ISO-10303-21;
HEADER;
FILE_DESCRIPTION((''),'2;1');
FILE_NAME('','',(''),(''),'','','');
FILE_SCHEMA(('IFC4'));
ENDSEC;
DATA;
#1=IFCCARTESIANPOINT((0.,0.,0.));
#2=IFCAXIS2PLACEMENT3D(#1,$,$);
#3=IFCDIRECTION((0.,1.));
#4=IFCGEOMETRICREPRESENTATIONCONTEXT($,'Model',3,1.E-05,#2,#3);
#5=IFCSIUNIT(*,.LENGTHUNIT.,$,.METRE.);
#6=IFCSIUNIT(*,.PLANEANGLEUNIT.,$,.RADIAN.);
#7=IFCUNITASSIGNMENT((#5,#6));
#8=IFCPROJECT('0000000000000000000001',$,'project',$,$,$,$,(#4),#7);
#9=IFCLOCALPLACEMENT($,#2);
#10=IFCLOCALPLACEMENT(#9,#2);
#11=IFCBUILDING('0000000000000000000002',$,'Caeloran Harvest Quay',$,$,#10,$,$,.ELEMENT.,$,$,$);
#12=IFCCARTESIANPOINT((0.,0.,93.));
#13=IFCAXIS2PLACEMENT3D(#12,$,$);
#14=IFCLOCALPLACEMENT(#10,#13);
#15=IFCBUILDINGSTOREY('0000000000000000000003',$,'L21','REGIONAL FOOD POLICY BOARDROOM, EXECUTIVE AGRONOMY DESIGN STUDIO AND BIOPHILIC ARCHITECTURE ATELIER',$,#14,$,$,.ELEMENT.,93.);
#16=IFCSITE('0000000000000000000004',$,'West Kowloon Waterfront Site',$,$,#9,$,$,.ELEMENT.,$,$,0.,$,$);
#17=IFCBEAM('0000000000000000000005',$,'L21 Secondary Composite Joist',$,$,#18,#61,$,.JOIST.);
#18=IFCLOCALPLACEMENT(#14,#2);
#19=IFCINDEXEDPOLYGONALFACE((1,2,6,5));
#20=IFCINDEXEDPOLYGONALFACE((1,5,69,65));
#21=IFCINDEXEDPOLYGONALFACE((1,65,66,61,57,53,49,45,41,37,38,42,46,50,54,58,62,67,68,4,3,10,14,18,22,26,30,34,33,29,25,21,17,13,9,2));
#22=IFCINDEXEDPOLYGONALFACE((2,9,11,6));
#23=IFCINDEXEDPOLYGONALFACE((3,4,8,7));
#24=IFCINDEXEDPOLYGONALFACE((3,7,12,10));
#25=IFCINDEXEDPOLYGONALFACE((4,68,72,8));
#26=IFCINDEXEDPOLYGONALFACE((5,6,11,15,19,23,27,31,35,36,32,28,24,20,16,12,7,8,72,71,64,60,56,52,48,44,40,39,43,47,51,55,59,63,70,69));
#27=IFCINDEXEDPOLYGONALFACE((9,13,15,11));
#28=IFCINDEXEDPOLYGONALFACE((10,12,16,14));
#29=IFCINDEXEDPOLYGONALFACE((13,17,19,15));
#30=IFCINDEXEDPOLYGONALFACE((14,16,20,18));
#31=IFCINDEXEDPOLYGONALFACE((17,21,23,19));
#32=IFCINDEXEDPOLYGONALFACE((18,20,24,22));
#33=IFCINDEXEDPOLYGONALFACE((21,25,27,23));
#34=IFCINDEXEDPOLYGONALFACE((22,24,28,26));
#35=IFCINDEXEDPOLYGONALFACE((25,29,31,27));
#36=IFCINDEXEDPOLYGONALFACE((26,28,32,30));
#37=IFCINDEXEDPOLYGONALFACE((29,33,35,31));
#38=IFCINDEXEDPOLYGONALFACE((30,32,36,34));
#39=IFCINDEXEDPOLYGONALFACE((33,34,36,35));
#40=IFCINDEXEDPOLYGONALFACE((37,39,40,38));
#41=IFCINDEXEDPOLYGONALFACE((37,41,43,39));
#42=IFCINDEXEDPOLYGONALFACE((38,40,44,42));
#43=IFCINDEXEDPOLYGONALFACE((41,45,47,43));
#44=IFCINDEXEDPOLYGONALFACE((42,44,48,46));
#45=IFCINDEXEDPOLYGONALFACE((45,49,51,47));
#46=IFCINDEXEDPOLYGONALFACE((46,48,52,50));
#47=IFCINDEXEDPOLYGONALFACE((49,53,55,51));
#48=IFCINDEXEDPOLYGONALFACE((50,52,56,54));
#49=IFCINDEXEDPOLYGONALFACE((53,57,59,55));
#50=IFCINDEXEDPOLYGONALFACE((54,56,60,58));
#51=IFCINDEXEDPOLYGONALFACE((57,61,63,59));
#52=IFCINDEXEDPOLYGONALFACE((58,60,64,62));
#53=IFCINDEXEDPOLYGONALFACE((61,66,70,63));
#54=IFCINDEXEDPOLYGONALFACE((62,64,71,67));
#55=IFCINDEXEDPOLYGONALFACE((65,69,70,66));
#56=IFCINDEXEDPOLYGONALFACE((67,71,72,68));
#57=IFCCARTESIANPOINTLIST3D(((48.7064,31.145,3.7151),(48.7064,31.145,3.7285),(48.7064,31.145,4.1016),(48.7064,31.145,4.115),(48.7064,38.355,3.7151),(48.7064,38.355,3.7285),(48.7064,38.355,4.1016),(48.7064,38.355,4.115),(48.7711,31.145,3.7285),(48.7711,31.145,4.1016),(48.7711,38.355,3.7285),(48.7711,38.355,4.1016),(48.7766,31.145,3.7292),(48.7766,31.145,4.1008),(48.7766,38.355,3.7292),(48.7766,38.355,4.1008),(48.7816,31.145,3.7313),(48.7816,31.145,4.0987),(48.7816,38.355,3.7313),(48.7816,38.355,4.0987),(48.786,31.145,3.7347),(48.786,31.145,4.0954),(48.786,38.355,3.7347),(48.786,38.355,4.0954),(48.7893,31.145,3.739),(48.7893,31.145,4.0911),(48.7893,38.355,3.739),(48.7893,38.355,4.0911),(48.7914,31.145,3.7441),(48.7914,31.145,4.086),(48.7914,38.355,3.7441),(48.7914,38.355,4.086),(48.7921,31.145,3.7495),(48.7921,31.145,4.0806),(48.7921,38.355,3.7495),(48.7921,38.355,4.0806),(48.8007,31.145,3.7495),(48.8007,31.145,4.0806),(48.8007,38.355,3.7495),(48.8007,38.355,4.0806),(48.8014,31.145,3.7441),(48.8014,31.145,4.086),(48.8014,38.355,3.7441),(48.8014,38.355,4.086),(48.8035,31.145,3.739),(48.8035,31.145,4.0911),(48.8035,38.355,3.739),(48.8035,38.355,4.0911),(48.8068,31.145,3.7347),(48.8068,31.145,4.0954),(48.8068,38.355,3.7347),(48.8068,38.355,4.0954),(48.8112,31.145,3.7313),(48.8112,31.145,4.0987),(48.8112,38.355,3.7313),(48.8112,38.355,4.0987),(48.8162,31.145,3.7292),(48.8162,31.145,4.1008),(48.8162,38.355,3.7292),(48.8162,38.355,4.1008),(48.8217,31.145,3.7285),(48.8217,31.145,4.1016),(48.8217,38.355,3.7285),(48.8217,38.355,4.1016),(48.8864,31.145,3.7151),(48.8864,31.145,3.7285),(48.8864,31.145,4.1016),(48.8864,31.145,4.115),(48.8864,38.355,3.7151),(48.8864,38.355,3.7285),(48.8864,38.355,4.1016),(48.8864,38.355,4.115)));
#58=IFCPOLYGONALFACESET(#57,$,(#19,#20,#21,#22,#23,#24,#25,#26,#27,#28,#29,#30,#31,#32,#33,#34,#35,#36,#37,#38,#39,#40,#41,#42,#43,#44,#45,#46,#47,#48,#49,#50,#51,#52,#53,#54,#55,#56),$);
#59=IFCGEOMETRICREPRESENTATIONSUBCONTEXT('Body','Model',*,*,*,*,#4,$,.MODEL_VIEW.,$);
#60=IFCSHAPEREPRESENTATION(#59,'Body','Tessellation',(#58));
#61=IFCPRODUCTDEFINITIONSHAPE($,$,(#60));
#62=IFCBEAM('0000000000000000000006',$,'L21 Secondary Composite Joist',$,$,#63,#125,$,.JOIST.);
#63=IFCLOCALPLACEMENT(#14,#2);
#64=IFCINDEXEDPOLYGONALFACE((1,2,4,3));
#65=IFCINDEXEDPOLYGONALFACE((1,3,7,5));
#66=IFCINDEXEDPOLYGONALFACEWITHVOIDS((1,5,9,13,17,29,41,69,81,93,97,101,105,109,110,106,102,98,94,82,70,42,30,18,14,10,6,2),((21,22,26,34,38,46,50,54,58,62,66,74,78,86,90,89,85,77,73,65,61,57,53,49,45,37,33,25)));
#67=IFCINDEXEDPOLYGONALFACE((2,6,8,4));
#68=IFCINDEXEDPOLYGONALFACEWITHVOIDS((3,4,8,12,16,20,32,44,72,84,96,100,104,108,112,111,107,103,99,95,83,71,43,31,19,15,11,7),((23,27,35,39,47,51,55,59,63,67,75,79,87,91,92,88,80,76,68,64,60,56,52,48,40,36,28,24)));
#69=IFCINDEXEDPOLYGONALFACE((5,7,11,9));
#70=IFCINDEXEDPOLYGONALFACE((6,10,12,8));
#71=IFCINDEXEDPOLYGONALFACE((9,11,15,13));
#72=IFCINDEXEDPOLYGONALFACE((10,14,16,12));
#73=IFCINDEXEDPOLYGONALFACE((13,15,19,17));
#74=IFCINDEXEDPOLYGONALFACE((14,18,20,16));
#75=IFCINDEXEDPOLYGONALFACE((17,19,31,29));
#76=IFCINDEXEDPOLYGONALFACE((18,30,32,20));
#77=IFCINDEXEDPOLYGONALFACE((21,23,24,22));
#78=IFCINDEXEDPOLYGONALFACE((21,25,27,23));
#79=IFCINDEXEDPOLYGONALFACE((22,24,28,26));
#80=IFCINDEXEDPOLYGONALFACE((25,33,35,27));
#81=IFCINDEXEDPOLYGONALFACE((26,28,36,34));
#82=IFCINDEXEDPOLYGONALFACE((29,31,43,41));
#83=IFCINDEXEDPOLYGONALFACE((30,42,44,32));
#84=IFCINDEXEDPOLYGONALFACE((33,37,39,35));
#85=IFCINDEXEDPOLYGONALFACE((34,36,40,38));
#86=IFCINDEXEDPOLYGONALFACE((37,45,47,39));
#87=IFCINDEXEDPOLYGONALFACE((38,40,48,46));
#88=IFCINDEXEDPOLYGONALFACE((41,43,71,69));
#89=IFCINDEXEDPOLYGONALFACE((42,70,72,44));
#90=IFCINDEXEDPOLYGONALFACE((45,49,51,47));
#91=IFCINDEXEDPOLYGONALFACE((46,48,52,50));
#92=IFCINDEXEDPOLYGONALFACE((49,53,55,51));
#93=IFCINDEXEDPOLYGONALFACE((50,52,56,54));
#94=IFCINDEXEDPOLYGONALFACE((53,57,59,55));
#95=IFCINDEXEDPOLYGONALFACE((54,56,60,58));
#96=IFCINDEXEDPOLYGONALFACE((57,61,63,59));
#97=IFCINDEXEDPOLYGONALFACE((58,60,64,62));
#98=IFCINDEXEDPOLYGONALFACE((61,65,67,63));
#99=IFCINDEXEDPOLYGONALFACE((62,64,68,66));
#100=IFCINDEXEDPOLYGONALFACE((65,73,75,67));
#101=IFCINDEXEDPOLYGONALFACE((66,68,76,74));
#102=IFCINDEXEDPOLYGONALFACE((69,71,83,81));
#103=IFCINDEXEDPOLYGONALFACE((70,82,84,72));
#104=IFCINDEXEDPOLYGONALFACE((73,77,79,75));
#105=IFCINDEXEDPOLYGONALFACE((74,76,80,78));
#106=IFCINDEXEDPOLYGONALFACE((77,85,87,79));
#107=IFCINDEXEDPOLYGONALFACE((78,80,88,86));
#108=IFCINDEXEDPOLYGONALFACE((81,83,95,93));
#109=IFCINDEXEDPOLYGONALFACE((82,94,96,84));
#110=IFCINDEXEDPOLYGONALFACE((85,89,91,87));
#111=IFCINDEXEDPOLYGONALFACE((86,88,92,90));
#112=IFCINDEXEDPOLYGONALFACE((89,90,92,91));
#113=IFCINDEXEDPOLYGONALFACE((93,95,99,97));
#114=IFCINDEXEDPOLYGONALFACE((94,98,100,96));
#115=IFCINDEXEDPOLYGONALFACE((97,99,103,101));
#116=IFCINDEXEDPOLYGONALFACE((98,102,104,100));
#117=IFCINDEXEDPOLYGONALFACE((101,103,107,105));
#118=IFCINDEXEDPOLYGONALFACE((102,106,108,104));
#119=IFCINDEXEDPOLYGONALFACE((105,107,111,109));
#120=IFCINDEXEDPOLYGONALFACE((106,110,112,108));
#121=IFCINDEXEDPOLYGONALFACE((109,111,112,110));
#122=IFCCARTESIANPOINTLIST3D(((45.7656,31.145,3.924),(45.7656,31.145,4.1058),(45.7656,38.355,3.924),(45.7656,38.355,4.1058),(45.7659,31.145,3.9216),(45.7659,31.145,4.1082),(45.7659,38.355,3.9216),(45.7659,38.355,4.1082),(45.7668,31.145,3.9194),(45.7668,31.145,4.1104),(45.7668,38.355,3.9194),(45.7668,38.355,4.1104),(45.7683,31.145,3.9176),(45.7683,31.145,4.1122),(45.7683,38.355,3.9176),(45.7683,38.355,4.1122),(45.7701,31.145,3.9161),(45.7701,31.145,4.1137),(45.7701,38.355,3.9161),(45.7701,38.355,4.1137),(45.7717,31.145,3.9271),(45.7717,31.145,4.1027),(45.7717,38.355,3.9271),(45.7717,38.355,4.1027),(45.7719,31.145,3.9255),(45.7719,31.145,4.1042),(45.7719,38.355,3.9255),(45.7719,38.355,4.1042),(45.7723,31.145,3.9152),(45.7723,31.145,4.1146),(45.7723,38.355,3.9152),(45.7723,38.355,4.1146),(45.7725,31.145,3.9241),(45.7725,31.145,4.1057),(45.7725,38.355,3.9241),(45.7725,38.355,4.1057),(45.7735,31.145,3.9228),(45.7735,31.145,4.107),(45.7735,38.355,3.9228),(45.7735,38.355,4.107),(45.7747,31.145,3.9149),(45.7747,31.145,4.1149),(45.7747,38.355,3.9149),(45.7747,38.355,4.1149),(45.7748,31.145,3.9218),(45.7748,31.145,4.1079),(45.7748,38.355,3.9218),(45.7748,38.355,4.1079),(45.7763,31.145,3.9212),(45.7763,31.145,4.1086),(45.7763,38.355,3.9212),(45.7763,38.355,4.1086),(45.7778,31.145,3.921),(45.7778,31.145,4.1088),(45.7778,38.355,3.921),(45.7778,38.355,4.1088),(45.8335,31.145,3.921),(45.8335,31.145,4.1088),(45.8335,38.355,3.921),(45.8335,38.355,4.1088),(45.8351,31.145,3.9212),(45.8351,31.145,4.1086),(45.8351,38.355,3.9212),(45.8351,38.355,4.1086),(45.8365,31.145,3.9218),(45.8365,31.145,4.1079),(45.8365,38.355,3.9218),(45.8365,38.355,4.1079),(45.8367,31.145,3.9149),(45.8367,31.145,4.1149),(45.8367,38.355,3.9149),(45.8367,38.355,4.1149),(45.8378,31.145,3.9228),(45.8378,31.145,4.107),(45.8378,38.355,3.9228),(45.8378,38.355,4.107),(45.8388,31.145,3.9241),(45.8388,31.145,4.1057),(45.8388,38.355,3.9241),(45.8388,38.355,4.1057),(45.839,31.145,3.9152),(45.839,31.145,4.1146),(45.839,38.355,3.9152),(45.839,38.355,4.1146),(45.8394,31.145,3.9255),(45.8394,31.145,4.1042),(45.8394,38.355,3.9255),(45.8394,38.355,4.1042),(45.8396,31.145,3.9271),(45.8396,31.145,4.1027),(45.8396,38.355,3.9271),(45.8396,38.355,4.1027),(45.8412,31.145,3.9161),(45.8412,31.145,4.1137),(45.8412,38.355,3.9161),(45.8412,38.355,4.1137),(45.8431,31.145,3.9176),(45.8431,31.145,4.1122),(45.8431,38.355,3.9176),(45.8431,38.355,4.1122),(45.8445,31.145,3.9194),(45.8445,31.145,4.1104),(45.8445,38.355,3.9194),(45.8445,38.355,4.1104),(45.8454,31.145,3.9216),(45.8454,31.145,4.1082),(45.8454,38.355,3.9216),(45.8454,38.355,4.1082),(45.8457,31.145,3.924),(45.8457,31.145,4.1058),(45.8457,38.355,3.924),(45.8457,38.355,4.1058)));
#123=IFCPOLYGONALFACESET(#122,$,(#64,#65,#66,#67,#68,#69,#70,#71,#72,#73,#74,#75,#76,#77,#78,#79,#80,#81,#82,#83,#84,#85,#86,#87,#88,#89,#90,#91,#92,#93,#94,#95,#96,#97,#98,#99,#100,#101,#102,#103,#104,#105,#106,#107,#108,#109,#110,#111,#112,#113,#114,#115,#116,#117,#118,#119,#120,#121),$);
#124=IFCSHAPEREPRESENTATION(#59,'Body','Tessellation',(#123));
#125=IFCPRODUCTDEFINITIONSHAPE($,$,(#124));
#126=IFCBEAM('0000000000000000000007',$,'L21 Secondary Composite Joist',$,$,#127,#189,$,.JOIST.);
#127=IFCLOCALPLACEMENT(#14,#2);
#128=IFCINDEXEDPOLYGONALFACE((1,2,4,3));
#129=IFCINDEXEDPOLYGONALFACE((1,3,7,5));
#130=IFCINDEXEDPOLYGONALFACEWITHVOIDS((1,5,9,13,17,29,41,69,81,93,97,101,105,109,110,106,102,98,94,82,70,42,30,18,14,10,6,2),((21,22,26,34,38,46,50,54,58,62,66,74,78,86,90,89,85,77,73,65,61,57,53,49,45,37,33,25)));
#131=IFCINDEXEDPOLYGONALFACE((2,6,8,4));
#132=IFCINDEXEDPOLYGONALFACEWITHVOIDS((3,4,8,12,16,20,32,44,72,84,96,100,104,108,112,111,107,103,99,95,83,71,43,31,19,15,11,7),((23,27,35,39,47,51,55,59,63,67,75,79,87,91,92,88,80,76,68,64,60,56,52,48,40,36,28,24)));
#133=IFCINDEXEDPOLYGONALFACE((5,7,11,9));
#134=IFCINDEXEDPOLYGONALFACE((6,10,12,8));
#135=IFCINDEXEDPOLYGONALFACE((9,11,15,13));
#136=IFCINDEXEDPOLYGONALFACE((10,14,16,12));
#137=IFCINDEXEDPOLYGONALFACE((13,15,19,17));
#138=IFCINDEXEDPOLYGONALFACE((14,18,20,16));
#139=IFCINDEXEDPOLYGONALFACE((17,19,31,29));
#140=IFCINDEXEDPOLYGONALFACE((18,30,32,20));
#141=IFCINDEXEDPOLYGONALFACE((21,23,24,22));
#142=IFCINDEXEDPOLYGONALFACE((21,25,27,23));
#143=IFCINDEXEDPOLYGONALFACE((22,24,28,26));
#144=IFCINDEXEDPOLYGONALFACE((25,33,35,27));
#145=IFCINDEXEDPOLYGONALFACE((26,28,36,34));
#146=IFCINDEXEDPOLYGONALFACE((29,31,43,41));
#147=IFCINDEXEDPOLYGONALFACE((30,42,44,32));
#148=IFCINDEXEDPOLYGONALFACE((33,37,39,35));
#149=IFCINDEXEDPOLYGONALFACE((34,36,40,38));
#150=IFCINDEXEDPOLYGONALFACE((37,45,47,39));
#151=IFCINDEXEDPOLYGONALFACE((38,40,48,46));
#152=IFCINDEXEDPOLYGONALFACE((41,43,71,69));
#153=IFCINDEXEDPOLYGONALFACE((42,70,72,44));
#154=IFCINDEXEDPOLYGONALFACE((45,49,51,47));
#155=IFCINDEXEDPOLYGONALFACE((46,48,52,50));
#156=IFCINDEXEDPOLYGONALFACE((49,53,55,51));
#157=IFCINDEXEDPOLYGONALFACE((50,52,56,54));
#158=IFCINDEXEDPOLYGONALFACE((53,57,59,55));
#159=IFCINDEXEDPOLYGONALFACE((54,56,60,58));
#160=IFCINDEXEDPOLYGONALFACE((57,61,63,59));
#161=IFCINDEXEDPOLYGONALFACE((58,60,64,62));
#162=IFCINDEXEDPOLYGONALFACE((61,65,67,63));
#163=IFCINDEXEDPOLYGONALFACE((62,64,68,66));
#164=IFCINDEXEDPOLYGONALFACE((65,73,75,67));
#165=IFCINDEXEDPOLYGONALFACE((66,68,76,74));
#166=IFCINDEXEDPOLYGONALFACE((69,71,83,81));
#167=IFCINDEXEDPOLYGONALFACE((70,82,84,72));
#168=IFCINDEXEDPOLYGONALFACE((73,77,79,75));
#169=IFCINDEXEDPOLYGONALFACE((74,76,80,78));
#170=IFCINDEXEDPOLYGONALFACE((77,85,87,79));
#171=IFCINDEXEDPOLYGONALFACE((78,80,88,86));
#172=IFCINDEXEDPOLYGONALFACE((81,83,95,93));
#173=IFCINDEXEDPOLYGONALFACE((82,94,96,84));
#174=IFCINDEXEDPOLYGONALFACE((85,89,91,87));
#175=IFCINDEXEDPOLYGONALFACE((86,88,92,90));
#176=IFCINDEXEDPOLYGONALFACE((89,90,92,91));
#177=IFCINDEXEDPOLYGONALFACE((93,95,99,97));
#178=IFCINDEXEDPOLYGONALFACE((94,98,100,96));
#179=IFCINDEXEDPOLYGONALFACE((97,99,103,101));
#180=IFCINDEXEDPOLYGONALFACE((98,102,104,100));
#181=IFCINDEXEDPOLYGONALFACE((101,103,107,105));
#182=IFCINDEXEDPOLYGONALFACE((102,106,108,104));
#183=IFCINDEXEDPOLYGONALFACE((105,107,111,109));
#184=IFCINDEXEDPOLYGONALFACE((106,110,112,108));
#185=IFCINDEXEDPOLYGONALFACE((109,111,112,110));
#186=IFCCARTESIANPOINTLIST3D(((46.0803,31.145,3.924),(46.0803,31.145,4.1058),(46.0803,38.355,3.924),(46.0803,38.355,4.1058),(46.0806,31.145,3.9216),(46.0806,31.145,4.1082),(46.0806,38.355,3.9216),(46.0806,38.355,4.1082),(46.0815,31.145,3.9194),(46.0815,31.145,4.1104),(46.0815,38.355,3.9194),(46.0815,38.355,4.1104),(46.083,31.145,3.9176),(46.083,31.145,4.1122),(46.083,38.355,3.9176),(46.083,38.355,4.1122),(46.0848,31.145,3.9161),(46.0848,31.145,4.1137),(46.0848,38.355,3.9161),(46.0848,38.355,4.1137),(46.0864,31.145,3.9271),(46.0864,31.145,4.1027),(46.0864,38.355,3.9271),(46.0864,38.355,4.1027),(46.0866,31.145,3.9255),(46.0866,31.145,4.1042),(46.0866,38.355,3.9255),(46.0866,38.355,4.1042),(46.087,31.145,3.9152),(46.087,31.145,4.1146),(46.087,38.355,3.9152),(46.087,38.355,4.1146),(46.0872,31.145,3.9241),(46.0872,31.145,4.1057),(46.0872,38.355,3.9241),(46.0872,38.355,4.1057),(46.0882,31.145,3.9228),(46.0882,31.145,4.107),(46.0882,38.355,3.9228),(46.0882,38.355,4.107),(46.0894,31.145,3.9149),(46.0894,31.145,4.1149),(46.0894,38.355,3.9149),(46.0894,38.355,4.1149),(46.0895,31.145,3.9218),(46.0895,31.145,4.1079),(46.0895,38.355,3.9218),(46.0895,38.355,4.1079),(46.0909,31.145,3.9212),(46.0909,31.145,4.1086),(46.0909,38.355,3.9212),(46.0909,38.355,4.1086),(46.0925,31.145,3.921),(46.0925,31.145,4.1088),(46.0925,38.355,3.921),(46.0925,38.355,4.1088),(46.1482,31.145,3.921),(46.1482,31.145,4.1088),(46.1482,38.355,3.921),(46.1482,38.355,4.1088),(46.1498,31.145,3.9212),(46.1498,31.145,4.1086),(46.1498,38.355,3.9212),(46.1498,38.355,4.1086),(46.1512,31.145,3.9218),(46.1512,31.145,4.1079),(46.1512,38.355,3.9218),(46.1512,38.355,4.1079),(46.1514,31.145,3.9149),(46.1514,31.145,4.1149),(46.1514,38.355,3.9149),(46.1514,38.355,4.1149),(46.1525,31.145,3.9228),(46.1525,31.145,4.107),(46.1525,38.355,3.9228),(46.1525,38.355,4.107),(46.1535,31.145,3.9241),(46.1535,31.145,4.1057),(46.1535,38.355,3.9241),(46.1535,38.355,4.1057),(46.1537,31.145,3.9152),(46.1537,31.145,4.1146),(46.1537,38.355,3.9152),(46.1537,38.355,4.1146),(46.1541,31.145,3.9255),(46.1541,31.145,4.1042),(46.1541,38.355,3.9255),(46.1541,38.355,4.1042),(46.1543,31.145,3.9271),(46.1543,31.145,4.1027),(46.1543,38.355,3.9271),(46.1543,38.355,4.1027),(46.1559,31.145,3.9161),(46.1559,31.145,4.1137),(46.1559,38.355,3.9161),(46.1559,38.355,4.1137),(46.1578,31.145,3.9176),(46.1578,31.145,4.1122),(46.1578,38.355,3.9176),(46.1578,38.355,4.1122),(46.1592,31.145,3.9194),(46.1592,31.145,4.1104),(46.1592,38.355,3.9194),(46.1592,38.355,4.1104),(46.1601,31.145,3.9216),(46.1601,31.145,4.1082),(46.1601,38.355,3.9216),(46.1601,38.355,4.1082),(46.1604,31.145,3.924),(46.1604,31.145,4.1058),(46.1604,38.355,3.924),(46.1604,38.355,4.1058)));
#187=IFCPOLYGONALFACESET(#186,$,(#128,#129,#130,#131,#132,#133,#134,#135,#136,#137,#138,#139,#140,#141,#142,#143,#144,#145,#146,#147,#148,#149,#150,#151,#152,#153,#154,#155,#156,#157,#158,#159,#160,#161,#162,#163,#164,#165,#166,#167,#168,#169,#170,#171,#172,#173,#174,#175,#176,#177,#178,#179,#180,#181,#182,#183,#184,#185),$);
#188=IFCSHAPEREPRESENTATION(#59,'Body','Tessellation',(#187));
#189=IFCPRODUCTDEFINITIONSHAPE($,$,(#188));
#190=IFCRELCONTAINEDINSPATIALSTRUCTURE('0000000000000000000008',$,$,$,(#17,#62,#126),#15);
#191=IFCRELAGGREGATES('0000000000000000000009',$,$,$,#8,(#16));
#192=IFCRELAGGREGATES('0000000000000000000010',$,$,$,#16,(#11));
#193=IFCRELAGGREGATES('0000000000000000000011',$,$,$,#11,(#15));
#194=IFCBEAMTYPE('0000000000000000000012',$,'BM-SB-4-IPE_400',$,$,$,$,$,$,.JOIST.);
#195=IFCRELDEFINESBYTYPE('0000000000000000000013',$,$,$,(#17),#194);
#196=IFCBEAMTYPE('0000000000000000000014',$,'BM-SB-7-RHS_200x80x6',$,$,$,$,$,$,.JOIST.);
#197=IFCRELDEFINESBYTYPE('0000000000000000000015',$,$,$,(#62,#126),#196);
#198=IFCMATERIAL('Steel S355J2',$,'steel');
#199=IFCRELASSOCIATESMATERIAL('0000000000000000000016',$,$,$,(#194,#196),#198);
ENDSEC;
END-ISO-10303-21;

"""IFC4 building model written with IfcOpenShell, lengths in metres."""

from ifc_helpers import new_model, si_unit, direction, frame, origin, origin_2d, place, context, subcontext, project, spatial, hollow_rectangle, i_section, extrude, material, material_profile, profile_set, type_object, element, save


model = new_model("IFC4")

# Units and contexts
model_context = context("Model", 3, precision=1e-05, world=origin(), true_north=direction((0.0, 1.0)))
body_context = subcontext(model_context, "Body", "Model", "MODEL_VIEW")
ifc_project = project(units=[si_unit("LENGTHUNIT", "METRE"), si_unit("PLANEANGLEUNIT", "RADIAN")], contexts=[model_context])

# Site, building, storey
site_placement = place(None, origin())
site = spatial("IfcSite", under=ifc_project, at=site_placement, Name="West Kowloon Waterfront Site", CompositionType="ELEMENT", RefElevation=0.0)
building_placement = place(site_placement, origin())
building = spatial("IfcBuilding", under=site, at=building_placement, Name="Caeloran Harvest Quay", CompositionType="ELEMENT")
storey_placement = place(building_placement, frame((0.0, 0.0, 93.0)))
storey = spatial("IfcBuildingStorey", under=building, at=storey_placement, Name="L21", Description="REGIONAL FOOD POLICY BOARDROOM, EXECUTIVE AGRONOMY DESIGN STUDIO AND BIOPHILIC ARCHITECTURE ATELIER", CompositionType="ELEMENT", Elevation=93.0)

# Beams
ifc_material_1 = material(Name="Steel S355J2", Category="steel")
ifc_material_profile_1 = material_profile(ifc_material_1, i_section(OverallWidth=0.1799, OverallDepth=0.3999, WebThickness=0.0085, FlangeThickness=0.0134, FilletRadius=0.021, at=origin_2d()), Name="IPE 400")
ifc_profile_set_1 = profile_set([ifc_material_profile_1], Name="Steel S355J2")
beam_type_1 = type_object("IfcBeamType", Name="BM-SB-4-IPE_400", PredefinedType="JOIST", material=ifc_profile_set_1)
for number, where, z_axis, x_axis, name in (
    (1, (48.7964, 31.145, 3.915), (0.0, 1.0, 0.0), (-1.0, 0.0, 0.0), "L21 Secondary Composite Joist"),
):
    element("IfcBeam", number, at=place(storey_placement, frame(where, z_axis=z_axis, x_axis=x_axis)), inside=storey, type_object=beam_type_1, Name=name, PredefinedType="JOIST", context=body_context, shape_type="SweptSolid", body=[
        extrude(i_section(OverallWidth=0.1799, OverallDepth=0.3999, WebThickness=0.0085, FlangeThickness=0.0134, FilletRadius=0.021, at=origin_2d()), origin(), (0.0, 0.0, 1.0), 7.21),
    ])
ifc_material_profile_2 = material_profile(ifc_material_1, hollow_rectangle(XDim=0.0801, YDim=0.2, WallThickness=0.0061, InnerFilletRadius=0.0061, OuterFilletRadius=0.009, at=origin_2d()), Name="RHS 200x80x6")
ifc_profile_set_2 = profile_set([ifc_material_profile_2], Name="Steel S355J2")
beam_type_2 = type_object("IfcBeamType", Name="BM-SB-7-RHS_200x80x6", PredefinedType="JOIST", material=ifc_profile_set_2)
for number, where, z_axis, x_axis, name in (
    (2, (45.8057, 31.145, 4.0149), (0.0, 1.0, 0.0), (-1.0, 0.0, 0.0), "L21 Secondary Composite Joist"),
    (3, (46.1204, 31.145, 4.0149), (0.0, 1.0, 0.0), (-1.0, 0.0, 0.0), "L21 Secondary Composite Joist"),
):
    element("IfcBeam", number, at=place(storey_placement, frame(where, z_axis=z_axis, x_axis=x_axis)), inside=storey, type_object=beam_type_2, Name=name, PredefinedType="JOIST", context=body_context, shape_type="SweptSolid", body=[
        extrude(hollow_rectangle(XDim=0.0801, YDim=0.2, WallThickness=0.0061, InnerFilletRadius=0.0061, OuterFilletRadius=0.009, at=origin_2d()), origin(), (0.0, 0.0, 1.0), 7.21),
    ])

save(model, "model.ifc")
